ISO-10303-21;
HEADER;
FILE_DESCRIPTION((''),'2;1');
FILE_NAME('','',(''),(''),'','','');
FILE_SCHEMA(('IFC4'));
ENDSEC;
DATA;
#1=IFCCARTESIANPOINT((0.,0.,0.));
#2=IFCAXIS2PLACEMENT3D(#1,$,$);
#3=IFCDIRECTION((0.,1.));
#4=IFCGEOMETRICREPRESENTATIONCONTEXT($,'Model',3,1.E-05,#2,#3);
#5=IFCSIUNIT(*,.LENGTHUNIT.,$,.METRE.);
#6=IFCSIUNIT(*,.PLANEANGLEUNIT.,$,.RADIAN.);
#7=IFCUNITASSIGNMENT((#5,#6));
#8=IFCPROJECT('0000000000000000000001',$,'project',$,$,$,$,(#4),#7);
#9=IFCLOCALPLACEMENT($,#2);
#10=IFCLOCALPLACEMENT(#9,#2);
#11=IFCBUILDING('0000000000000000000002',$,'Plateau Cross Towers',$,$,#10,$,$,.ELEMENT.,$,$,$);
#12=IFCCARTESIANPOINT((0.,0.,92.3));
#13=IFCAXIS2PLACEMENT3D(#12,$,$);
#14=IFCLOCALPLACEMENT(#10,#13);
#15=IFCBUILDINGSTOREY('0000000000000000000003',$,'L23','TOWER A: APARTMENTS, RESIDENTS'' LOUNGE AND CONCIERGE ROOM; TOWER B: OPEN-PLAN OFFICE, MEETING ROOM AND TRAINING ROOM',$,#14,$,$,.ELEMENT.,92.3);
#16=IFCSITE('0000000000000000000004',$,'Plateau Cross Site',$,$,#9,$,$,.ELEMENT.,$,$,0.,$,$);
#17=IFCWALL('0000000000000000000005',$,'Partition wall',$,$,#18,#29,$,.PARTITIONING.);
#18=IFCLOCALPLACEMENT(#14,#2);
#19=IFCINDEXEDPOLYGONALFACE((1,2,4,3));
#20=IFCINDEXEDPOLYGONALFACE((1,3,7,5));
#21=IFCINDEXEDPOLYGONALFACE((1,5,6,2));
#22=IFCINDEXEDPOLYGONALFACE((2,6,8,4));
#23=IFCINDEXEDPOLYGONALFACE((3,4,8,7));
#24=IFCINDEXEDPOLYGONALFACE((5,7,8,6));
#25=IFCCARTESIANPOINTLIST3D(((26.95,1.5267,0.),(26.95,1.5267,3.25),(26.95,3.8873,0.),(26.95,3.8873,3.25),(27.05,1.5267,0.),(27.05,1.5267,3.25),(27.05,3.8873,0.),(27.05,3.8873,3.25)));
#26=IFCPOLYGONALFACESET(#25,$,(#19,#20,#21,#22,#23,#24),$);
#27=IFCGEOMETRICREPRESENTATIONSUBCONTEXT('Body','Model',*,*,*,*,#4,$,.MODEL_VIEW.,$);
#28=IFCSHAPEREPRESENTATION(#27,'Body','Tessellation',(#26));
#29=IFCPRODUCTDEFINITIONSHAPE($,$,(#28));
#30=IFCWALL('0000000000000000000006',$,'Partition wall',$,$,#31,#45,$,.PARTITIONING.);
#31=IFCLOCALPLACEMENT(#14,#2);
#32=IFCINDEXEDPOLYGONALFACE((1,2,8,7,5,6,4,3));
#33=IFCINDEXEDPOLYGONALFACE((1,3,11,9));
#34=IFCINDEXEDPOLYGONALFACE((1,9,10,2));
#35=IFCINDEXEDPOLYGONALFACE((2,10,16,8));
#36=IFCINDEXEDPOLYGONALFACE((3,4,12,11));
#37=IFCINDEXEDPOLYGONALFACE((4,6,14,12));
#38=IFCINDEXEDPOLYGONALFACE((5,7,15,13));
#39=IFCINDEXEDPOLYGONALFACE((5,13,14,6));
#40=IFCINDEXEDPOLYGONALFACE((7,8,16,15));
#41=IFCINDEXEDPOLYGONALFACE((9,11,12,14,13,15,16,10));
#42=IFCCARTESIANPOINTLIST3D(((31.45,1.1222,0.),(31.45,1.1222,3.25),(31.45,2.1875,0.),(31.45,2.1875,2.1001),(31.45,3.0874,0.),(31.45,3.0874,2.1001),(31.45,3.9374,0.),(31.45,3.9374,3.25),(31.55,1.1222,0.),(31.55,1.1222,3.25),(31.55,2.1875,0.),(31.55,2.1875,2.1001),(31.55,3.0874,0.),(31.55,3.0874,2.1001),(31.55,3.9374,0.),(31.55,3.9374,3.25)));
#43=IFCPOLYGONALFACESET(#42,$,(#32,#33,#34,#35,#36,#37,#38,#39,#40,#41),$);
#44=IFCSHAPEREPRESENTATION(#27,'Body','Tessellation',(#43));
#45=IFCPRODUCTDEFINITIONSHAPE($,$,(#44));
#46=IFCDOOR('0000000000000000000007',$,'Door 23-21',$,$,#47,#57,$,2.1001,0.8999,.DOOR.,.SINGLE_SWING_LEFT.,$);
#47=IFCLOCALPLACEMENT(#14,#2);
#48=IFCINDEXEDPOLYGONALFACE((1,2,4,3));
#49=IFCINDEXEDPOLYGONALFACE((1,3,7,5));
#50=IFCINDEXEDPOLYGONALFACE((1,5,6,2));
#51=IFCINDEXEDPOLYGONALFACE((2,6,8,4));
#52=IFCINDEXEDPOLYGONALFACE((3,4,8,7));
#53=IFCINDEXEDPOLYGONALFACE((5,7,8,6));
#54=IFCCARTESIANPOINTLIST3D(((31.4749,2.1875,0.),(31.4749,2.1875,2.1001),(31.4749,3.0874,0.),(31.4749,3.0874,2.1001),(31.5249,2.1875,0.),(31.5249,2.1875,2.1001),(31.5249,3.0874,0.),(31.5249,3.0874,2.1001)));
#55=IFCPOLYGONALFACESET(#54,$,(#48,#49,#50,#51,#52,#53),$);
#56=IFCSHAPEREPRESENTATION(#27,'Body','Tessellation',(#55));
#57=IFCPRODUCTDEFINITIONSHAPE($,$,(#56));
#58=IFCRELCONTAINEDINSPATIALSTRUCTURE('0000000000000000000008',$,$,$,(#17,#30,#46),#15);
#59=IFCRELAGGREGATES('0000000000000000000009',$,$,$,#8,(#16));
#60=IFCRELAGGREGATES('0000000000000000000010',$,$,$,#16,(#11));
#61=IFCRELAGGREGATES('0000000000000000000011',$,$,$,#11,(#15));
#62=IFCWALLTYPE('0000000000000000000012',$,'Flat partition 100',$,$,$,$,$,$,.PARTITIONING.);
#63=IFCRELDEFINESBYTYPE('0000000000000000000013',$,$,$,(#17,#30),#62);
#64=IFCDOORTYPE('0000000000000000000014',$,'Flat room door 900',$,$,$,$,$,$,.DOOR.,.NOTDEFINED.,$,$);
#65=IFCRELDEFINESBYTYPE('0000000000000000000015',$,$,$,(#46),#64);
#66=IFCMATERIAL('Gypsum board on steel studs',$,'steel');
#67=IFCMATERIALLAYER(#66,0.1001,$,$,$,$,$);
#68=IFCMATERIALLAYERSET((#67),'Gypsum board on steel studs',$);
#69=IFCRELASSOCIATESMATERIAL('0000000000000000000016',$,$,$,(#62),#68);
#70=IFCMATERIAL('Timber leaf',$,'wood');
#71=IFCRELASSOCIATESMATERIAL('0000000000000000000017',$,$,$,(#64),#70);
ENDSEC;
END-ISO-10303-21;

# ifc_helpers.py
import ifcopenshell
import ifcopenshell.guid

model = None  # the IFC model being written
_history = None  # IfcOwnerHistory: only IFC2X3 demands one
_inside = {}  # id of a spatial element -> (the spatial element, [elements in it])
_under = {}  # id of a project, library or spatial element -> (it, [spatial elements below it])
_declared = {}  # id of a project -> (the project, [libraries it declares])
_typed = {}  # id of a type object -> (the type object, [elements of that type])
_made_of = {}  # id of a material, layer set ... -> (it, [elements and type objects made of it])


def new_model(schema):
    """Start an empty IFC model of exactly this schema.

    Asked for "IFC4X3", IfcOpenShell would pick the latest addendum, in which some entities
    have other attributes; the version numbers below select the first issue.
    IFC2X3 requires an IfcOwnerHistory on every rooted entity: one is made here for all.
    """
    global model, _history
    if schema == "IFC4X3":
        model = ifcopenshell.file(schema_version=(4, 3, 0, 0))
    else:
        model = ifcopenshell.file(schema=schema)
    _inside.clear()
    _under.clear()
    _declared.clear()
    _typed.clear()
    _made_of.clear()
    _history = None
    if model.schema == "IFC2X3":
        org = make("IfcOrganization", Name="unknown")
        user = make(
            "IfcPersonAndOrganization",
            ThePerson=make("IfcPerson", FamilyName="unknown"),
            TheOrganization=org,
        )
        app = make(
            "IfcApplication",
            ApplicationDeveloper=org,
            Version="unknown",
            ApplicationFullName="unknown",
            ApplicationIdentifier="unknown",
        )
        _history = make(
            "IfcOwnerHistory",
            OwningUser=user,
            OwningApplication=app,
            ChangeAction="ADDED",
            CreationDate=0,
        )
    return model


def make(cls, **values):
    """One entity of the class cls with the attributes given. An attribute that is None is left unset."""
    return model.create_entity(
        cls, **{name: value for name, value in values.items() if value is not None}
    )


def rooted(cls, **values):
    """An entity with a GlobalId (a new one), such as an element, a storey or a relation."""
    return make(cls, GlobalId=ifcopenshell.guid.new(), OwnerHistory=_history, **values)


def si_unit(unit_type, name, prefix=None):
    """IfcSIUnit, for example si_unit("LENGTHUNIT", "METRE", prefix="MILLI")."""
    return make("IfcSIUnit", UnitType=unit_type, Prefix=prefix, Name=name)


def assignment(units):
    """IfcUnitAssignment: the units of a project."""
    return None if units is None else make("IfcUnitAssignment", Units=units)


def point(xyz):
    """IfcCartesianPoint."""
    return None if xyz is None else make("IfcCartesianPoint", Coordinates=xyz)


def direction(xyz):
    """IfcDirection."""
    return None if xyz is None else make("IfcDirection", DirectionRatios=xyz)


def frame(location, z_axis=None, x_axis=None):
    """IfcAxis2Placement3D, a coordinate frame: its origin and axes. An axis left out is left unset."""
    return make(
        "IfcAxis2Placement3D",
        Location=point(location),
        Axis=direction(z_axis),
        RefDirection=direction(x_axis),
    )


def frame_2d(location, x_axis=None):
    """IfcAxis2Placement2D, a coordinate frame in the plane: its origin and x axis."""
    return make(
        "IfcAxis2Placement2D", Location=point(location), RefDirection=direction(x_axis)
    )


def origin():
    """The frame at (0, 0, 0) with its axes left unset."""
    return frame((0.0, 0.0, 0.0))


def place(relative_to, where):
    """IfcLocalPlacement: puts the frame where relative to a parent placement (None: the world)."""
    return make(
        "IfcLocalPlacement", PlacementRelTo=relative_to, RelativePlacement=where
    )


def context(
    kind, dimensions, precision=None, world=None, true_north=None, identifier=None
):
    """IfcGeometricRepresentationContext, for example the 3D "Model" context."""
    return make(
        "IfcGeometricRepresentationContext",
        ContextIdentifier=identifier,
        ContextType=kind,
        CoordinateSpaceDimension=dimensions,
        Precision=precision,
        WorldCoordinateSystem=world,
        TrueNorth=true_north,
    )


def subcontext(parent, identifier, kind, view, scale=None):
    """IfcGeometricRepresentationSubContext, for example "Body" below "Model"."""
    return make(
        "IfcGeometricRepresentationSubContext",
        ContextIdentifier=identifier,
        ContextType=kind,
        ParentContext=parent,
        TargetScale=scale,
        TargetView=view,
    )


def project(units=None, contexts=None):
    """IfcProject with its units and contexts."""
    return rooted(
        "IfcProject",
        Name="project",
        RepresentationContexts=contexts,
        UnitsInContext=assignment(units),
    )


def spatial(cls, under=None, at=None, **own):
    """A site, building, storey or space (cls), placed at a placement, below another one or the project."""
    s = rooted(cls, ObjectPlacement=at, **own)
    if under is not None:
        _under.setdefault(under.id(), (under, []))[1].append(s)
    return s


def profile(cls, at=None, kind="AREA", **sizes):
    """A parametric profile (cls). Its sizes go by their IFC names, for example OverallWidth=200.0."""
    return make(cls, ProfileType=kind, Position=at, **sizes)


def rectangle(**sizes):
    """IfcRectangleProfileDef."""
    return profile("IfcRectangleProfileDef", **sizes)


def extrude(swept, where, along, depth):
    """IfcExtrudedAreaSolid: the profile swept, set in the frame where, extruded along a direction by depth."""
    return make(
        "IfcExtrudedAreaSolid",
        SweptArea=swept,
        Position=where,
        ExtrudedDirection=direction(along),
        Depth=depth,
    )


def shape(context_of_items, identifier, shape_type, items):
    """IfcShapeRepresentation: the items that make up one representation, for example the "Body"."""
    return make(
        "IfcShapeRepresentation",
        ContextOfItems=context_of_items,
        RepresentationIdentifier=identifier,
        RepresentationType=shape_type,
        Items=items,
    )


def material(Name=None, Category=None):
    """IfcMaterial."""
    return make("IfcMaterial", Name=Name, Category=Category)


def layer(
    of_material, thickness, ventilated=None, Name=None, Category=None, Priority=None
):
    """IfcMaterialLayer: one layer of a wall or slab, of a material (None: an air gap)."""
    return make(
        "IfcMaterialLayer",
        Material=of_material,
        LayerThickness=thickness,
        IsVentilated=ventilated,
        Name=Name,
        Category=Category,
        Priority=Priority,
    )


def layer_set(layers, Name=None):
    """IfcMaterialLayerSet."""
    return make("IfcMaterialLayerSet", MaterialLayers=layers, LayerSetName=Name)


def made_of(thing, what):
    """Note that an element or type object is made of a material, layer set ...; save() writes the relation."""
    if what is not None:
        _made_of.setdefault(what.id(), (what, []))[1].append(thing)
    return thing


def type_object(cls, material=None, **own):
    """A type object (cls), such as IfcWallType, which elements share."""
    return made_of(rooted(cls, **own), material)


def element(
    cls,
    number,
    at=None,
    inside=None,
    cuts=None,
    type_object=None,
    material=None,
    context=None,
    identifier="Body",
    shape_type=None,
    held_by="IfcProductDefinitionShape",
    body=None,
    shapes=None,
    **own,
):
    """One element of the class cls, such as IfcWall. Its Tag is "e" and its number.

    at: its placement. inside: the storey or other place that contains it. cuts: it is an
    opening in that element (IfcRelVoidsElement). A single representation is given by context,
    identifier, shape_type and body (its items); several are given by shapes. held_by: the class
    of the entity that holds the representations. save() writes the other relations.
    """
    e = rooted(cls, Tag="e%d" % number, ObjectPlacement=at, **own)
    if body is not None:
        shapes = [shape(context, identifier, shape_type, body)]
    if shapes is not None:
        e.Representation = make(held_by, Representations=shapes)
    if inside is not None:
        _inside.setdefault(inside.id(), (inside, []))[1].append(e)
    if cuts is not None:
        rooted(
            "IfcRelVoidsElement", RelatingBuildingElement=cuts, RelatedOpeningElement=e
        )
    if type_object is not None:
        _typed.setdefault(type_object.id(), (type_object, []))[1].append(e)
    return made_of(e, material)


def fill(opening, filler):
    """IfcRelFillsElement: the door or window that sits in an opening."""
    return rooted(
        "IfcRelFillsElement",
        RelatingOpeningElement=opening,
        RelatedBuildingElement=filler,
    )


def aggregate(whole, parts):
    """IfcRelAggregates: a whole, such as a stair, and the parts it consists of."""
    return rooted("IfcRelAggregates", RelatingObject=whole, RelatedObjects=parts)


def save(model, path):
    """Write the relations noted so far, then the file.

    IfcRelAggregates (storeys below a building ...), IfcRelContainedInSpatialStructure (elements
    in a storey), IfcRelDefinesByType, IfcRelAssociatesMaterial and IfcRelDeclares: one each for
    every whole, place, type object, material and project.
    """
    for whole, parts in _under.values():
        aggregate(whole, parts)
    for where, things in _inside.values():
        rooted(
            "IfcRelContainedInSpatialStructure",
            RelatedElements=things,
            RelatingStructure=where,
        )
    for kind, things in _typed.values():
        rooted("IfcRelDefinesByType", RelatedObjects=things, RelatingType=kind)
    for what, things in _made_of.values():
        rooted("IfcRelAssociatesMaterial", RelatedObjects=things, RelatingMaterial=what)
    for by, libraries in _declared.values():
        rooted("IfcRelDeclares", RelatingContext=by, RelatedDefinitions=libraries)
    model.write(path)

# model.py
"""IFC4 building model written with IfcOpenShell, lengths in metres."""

from ifc_helpers import new_model, si_unit, direction, frame, frame_2d, origin, place, context, subcontext, project, spatial, rectangle, extrude, material, layer, layer_set, type_object, element, fill, save


model = new_model("IFC4")

# Units and contexts
model_context = context("Model", 3, precision=1e-05, world=origin(), true_north=direction((0.0, 1.0)))
body_context = subcontext(model_context, "Body", "Model", "MODEL_VIEW")
ifc_project = project(units=[si_unit("LENGTHUNIT", "METRE"), si_unit("PLANEANGLEUNIT", "RADIAN")], contexts=[model_context])

# Site, building, storey
site_placement = place(None, origin())
site = spatial("IfcSite", under=ifc_project, at=site_placement, Name="Plateau Cross Site", CompositionType="ELEMENT", RefElevation=0.0)
building_placement = place(site_placement, origin())
building = spatial("IfcBuilding", under=site, at=building_placement, Name="Plateau Cross Towers", CompositionType="ELEMENT")
storey_placement = place(building_placement, frame((0.0, 0.0, 92.3)))
storey = spatial("IfcBuildingStorey", under=building, at=storey_placement, Name="L23", Description="TOWER A: APARTMENTS, RESIDENTS' LOUNGE AND CONCIERGE ROOM; TOWER B: OPEN-PLAN OFFICE, MEETING ROOM AND TRAINING ROOM", CompositionType="ELEMENT", Elevation=92.3)

# Shared definitions
ifc_material_1 = material(Name="Gypsum board on steel studs", Category="steel")
ifc_layer_1 = layer(ifc_material_1, 0.1001)
ifc_layer_set_1 = layer_set([ifc_layer_1], Name="Gypsum board on steel studs")
wall_type_1 = type_object("IfcWallType", Name="Flat partition 100", PredefinedType="PARTITIONING", material=ifc_layer_set_1)
ifc_material_2 = material(Name="Timber leaf", Category="wood")
door_type_1 = type_object("IfcDoorType", Name="Flat room door 900", OperationType="NOTDEFINED", PredefinedType="DOOR", material=ifc_material_2)

# Wall
wall_1_placement = place(storey_placement, frame((27.0, 1.5269, 0.0), z_axis=(0.0, 0.0, 1.0), x_axis=(0.0, 1.0, 0.0)))
element("IfcWall", 1, at=wall_1_placement, inside=storey, type_object=wall_type_1, Name="Partition wall", PredefinedType="PARTITIONING", context=body_context, shape_type="SweptSolid", body=[
    extrude(rectangle(XDim=2.3606, YDim=0.1001, at=frame_2d((1.1802, 0.0))), origin(), (0.0, 0.0, 1.0), 3.25),
])

# Wall, opening, door
wall_2_placement = place(storey_placement, frame((31.5, 3.9375, 0.0), z_axis=(0.0, 0.0, 1.0), x_axis=(0.0, -1.0, 0.0)))
wall_2 = element("IfcWall", 2, at=wall_2_placement, inside=storey, type_object=wall_type_1, Name="Partition wall", PredefinedType="PARTITIONING", context=body_context, shape_type="SweptSolid", body=[
    extrude(rectangle(XDim=2.8152, YDim=0.1001, at=frame_2d((1.4077, 0.0))), origin(), (0.0, 0.0, 1.0), 3.25),
])
opening_1_placement = place(wall_2_placement, frame((0.8501, 0.0, 0.0)))
opening_1 = element("IfcOpeningElement", 3, at=opening_1_placement, cuts=wall_2, PredefinedType="OPENING", context=body_context, shape_type="SweptSolid", body=[
    extrude(rectangle(XDim=0.8999, YDim=2.1001, at=frame_2d((0.45, 1.05))), frame((0.0, 0.0601, 0.0), z_axis=(0.0, -1.0, 0.0), x_axis=(1.0, 0.0, 0.0)), (0.0, 0.0, 1.0), 0.1201),
])
door_1_placement = place(opening_1_placement, origin())
door_1 = element("IfcDoor", 4, at=door_1_placement, inside=storey, type_object=door_type_1, Name="Door 23-21", OperationType="SINGLE_SWING_LEFT", OverallHeight=2.1001, OverallWidth=0.8999, PredefinedType="DOOR", context=body_context, shape_type="SweptSolid", body=[
    extrude(rectangle(XDim=0.8999, YDim=2.1001, at=frame_2d((0.45, 1.05))), frame((0.0, 0.0249, 0.0), z_axis=(0.0, -1.0, 0.0), x_axis=(1.0, 0.0, 0.0)), (0.0, 0.0, 1.0), 0.05),
])
fill(opening_1, door_1)

save(model, "model.ifc")
